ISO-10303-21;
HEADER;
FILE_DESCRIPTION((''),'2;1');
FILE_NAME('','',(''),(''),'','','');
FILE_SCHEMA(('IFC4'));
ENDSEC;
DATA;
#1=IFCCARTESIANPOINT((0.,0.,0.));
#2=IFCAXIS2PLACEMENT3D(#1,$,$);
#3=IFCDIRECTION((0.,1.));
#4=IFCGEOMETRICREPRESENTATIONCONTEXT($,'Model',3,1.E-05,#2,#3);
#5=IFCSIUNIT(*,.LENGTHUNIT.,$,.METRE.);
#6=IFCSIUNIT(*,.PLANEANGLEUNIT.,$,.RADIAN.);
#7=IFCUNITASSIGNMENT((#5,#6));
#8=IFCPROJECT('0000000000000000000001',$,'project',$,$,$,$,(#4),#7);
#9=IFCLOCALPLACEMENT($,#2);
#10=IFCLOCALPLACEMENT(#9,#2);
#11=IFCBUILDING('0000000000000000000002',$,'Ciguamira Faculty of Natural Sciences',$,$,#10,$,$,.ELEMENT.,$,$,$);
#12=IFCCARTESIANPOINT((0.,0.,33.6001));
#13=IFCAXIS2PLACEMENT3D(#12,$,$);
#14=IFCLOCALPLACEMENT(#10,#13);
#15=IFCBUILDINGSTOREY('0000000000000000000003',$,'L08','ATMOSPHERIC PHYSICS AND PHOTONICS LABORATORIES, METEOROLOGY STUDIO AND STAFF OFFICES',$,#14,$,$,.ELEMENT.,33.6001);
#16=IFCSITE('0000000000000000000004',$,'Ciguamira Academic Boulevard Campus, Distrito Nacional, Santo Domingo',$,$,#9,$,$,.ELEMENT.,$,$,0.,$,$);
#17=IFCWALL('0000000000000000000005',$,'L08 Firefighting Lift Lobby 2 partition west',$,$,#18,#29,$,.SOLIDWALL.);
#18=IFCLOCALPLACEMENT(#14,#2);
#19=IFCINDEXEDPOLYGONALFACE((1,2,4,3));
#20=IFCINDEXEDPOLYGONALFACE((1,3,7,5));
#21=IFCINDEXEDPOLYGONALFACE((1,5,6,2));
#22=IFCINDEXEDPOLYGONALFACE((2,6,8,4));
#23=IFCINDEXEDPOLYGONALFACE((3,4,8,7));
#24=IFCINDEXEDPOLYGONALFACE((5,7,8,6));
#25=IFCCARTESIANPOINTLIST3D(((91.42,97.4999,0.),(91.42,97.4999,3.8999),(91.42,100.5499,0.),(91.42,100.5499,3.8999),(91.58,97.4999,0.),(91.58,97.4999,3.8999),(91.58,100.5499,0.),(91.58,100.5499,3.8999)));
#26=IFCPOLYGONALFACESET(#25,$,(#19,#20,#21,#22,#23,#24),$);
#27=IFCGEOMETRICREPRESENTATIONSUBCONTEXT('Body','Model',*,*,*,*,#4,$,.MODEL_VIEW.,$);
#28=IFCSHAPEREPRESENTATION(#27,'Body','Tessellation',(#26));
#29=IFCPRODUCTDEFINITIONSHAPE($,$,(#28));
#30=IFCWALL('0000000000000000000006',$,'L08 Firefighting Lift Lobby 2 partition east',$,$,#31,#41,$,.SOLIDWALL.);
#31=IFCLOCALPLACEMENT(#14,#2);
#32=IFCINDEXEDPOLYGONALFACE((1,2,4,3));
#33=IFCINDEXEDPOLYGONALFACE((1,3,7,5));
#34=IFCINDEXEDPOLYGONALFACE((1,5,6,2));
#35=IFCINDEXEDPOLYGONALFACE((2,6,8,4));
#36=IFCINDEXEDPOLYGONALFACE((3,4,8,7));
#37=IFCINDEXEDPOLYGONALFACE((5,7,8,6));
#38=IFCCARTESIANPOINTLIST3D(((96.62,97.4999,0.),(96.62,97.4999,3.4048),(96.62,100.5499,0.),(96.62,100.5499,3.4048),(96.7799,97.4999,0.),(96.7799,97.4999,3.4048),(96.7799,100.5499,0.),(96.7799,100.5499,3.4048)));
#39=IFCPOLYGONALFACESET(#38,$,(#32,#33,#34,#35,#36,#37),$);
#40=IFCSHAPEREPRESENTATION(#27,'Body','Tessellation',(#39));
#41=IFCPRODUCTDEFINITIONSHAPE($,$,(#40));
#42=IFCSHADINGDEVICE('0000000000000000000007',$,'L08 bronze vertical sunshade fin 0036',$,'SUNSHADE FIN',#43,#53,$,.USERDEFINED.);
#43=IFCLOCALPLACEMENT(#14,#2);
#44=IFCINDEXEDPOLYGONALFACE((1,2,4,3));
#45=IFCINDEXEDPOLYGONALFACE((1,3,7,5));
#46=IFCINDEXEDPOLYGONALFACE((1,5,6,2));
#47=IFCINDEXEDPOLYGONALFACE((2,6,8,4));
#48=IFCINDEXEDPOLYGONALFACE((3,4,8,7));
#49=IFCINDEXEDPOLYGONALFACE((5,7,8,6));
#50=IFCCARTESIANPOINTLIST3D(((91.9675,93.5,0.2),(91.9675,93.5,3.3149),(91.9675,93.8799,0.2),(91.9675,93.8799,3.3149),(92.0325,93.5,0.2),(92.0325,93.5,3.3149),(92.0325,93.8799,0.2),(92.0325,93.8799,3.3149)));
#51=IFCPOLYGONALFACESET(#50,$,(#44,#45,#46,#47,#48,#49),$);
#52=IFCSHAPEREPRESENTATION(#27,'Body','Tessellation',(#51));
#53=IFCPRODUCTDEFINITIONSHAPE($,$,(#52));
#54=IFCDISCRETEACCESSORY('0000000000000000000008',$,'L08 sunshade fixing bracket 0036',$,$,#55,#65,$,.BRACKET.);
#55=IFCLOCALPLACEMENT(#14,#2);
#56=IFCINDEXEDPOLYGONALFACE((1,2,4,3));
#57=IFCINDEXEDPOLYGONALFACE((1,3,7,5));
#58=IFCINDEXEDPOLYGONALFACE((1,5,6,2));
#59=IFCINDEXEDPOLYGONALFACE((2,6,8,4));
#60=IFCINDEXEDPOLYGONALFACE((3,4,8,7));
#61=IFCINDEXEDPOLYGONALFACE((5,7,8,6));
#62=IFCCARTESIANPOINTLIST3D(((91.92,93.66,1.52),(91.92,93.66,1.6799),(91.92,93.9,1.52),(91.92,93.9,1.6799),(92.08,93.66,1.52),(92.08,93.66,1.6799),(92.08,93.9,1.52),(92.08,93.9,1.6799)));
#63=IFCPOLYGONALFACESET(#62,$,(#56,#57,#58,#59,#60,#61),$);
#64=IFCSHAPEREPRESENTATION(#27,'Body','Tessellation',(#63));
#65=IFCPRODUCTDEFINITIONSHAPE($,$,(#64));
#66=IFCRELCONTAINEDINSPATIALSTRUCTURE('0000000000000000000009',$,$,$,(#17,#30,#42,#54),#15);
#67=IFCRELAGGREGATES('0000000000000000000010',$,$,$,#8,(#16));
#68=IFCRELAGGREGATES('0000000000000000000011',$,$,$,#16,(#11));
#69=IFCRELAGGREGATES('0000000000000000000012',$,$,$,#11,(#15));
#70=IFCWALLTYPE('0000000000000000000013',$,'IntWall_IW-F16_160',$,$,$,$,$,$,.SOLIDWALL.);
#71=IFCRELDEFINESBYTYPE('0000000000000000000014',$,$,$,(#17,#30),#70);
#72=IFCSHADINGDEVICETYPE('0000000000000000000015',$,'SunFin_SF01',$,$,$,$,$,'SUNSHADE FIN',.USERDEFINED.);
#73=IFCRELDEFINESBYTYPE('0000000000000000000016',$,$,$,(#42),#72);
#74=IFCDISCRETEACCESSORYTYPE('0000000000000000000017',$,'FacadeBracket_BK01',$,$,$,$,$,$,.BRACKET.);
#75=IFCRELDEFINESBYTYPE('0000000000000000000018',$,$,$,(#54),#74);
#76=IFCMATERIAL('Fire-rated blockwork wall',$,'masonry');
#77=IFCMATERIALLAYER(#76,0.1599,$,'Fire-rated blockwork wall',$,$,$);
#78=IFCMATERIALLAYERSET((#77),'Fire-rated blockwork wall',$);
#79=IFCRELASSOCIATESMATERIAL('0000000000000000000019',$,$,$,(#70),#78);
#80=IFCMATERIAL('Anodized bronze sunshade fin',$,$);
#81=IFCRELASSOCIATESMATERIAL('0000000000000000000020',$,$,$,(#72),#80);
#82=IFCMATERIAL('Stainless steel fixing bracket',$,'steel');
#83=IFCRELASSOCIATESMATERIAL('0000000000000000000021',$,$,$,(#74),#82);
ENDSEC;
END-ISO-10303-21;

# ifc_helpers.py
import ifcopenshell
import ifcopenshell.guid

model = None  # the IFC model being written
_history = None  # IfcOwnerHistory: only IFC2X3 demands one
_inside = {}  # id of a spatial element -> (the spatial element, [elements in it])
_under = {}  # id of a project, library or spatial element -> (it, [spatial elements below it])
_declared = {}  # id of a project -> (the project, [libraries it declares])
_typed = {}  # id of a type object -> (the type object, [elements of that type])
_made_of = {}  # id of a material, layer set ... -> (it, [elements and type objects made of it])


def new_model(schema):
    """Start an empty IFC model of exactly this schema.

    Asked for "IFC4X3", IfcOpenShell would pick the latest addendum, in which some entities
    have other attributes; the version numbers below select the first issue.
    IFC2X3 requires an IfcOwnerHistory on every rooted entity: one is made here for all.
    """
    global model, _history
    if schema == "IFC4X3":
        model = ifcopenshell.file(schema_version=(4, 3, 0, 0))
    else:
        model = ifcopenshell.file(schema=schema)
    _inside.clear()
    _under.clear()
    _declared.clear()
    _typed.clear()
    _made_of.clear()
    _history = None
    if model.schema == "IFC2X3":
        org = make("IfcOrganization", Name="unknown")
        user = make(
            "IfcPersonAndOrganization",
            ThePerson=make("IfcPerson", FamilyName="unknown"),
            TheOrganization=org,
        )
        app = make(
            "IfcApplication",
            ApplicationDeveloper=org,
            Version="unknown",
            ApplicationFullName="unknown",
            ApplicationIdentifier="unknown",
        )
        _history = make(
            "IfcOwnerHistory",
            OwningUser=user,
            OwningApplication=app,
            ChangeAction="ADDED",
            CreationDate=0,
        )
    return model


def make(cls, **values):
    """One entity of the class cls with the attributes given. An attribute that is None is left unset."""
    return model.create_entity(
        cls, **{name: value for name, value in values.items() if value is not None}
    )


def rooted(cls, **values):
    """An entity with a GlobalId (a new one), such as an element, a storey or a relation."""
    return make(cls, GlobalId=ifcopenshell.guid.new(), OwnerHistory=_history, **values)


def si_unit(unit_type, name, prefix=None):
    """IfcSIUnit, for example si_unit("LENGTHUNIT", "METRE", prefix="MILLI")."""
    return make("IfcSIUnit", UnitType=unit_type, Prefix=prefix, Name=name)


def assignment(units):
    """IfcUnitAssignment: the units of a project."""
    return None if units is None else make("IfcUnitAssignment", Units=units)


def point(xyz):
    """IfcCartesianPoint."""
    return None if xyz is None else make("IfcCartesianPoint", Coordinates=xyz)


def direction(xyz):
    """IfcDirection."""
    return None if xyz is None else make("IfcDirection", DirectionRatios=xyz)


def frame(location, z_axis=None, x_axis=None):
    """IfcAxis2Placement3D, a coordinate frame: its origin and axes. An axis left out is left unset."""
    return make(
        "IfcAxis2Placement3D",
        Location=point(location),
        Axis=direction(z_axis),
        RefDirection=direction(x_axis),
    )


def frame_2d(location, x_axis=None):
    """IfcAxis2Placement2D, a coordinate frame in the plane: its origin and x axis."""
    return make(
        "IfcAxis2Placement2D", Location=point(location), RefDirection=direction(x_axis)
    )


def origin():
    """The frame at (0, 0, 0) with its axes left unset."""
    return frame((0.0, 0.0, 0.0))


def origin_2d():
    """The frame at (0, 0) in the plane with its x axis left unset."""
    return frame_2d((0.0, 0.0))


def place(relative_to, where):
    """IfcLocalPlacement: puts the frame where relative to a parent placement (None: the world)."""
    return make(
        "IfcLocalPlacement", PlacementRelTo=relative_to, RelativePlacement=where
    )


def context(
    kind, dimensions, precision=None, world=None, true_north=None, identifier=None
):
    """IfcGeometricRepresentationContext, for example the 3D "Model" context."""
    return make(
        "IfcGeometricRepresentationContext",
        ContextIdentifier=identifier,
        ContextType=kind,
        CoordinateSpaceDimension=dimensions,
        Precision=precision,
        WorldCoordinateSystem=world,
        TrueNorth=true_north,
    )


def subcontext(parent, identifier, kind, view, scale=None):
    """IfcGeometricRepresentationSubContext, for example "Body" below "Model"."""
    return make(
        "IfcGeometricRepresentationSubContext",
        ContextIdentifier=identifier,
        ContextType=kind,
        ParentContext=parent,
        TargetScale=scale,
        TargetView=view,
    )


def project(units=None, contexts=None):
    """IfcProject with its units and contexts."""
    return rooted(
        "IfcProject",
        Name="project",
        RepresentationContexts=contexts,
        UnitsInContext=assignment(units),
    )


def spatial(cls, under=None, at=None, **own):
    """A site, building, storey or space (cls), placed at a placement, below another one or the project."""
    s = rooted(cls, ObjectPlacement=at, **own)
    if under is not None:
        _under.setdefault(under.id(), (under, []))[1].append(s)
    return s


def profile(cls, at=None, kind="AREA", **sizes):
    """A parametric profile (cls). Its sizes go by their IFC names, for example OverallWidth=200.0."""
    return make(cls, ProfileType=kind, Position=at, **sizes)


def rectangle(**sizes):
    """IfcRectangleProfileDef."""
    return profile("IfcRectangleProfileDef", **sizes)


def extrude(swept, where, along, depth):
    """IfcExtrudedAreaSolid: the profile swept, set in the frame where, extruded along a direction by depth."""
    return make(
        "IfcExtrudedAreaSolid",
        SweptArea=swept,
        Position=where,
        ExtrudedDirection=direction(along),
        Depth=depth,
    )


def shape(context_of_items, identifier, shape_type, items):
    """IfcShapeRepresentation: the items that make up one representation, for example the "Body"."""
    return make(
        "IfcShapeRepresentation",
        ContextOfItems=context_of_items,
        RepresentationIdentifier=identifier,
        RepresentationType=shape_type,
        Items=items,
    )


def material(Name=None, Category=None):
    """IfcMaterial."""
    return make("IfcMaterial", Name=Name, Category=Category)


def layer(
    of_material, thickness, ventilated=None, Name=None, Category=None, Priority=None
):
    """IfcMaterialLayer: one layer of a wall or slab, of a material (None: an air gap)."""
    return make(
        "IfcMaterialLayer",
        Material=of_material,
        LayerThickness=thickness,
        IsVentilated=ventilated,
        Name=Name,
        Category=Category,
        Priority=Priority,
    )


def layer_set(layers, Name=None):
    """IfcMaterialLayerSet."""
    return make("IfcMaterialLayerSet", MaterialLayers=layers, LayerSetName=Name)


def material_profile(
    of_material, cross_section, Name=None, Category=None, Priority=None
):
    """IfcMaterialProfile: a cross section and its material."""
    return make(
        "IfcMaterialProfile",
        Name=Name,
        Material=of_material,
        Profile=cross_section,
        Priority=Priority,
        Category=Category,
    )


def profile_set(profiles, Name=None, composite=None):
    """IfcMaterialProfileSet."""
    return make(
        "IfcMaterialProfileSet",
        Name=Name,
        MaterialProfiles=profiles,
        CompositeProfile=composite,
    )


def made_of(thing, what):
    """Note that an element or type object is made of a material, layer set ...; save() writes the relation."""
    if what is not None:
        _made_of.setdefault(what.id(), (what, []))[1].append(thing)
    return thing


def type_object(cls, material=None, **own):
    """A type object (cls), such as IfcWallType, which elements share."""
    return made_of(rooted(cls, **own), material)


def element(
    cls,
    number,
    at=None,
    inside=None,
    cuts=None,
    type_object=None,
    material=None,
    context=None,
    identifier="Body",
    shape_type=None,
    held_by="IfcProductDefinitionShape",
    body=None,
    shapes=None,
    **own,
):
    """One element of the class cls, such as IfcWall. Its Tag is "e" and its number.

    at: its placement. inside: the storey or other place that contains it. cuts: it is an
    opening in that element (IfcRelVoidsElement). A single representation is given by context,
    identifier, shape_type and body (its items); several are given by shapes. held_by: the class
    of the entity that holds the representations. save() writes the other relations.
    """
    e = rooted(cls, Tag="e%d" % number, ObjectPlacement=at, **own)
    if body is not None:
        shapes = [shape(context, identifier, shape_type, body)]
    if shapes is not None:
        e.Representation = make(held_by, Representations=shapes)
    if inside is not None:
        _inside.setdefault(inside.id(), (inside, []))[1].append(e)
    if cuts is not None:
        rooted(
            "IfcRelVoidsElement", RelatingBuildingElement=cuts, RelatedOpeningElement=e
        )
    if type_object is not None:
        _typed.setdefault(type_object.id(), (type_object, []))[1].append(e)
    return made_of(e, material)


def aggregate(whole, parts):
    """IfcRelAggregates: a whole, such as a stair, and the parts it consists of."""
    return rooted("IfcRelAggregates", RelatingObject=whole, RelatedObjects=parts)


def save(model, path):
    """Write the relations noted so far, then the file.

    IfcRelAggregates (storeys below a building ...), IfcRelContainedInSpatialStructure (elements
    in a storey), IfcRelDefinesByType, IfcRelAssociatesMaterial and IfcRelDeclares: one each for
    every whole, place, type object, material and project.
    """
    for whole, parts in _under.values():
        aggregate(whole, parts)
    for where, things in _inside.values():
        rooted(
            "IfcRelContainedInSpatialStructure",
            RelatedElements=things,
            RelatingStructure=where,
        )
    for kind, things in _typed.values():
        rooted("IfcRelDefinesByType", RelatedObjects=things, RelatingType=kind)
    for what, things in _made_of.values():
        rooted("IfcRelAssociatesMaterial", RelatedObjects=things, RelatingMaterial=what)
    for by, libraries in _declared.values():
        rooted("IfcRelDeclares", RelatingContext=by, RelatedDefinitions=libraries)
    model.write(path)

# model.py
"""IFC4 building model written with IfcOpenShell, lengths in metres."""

from ifc_helpers import new_model, si_unit, direction, frame, frame_2d, origin, origin_2d, place, context, subcontext, project, spatial, rectangle, extrude, material, layer, layer_set, material_profile, profile_set, type_object, element, save


model = new_model("IFC4")

# Units and contexts
model_context = context("Model", 3, precision=1e-05, world=origin(), true_north=direction((0.0, 1.0)))
body_context = subcontext(model_context, "Body", "Model", "MODEL_VIEW")
ifc_project = project(units=[si_unit("LENGTHUNIT", "METRE"), si_unit("PLANEANGLEUNIT", "RADIAN")], contexts=[model_context])

# Site, building, storey
site_placement = place(None, origin())
site = spatial("IfcSite", under=ifc_project, at=site_placement, Name="Ciguamira Academic Boulevard Campus, Distrito Nacional, Santo Domingo", CompositionType="ELEMENT", RefElevation=0.0)
building_placement = place(site_placement, origin())
building = spatial("IfcBuilding", under=site, at=building_placement, Name="Ciguamira Faculty of Natural Sciences", CompositionType="ELEMENT")
storey_placement = place(building_placement, frame((0.0, 0.0, 33.6001)))
storey = spatial("IfcBuildingStorey", under=building, at=storey_placement, Name="L08", Description="ATMOSPHERIC PHYSICS AND PHOTONICS LABORATORIES, METEOROLOGY STUDIO AND STAFF OFFICES", CompositionType="ELEMENT", Elevation=33.6001)

# Shared definitions
ifc_material_1 = material(Name="Fire-rated blockwork wall", Category="masonry")
ifc_layer_1 = layer(ifc_material_1, 0.1599, Name="Fire-rated blockwork wall")
ifc_layer_set_1 = layer_set([ifc_layer_1], Name="Fire-rated blockwork wall")
wall_type_1 = type_object("IfcWallType", Name="IntWall_IW-F16_160", PredefinedType="SOLIDWALL", material=ifc_layer_set_1)

# Walls
wall_1_placement = place(storey_placement, frame((91.5, 97.5, 0.0), z_axis=(0.0, 0.0, 1.0), x_axis=(0.0, 1.0, 0.0)))
element("IfcWall", 1, at=wall_1_placement, inside=storey, type_object=wall_type_1, Name="L08 Firefighting Lift Lobby 2 partition west", PredefinedType="SOLIDWALL", context=body_context, shape_type="SweptSolid", body=[
    extrude(rectangle(XDim=3.05, YDim=0.1599, at=frame_2d((1.5249, 0.0))), origin(), (0.0, 0.0, 1.0), 3.8999),
])
wall_2_placement = place(storey_placement, frame((96.7, 97.5, 0.0), z_axis=(0.0, 0.0, 1.0), x_axis=(0.0, 1.0, 0.0)))
element("IfcWall", 2, at=wall_2_placement, inside=storey, type_object=wall_type_1, Name="L08 Firefighting Lift Lobby 2 partition east", PredefinedType="SOLIDWALL", context=body_context, shape_type="SweptSolid", body=[
    extrude(rectangle(XDim=3.05, YDim=0.1599, at=frame_2d((1.5249, 0.0))), origin(), (0.0, 0.0, 1.0), 3.4048),
])

# Shading device
ifc_material_2 = material(Name="Anodized bronze sunshade fin")
ifc_material_profile_1 = material_profile(ifc_material_2, rectangle(XDim=0.0649, YDim=0.3799, at=origin_2d()), Name="BRZ-FIN-65X380")
ifc_profile_set_1 = profile_set([ifc_material_profile_1], Name="Anodized bronze sunshade fin")
shading_device_type = type_object("IfcShadingDeviceType", Name="SunFin_SF01", ElementType="SUNSHADE FIN", PredefinedType="USERDEFINED", material=ifc_profile_set_1)
shading_device_placement = place(storey_placement, frame((92.0, 93.6899, 0.2), z_axis=(0.0, 0.0, 1.0), x_axis=(1.0, 0.0, 0.0)))
element("IfcShadingDevice", 3, at=shading_device_placement, inside=storey, type_object=shading_device_type, Name="L08 bronze vertical sunshade fin 0036", ObjectType="SUNSHADE FIN", PredefinedType="USERDEFINED", context=body_context, shape_type="SweptSolid", body=[
    extrude(rectangle(XDim=0.0649, YDim=0.3799, at=origin_2d()), origin(), (0.0, 0.0, 1.0), 3.115),
])

# Discrete accessory
ifc_material_3 = material(Name="Stainless steel fixing bracket", Category="steel")
discrete_accessory_type = type_object("IfcDiscreteAccessoryType", Name="FacadeBracket_BK01", PredefinedType="BRACKET", material=ifc_material_3)
discrete_accessory_placement = place(storey_placement, frame((92.0, 93.78, 1.52), z_axis=(0.0, 0.0, 1.0), x_axis=(1.0, 0.0, 0.0)))
element("IfcDiscreteAccessory", 4, at=discrete_accessory_placement, inside=storey, type_object=discrete_accessory_type, Name="L08 sunshade fixing bracket 0036", PredefinedType="BRACKET", context=body_context, shape_type="SweptSolid", body=[
    extrude(rectangle(XDim=0.1599, YDim=0.24, at=origin_2d()), origin(), (0.0, 0.0, 1.0), 0.1599),
])

save(model, "model.ifc")
